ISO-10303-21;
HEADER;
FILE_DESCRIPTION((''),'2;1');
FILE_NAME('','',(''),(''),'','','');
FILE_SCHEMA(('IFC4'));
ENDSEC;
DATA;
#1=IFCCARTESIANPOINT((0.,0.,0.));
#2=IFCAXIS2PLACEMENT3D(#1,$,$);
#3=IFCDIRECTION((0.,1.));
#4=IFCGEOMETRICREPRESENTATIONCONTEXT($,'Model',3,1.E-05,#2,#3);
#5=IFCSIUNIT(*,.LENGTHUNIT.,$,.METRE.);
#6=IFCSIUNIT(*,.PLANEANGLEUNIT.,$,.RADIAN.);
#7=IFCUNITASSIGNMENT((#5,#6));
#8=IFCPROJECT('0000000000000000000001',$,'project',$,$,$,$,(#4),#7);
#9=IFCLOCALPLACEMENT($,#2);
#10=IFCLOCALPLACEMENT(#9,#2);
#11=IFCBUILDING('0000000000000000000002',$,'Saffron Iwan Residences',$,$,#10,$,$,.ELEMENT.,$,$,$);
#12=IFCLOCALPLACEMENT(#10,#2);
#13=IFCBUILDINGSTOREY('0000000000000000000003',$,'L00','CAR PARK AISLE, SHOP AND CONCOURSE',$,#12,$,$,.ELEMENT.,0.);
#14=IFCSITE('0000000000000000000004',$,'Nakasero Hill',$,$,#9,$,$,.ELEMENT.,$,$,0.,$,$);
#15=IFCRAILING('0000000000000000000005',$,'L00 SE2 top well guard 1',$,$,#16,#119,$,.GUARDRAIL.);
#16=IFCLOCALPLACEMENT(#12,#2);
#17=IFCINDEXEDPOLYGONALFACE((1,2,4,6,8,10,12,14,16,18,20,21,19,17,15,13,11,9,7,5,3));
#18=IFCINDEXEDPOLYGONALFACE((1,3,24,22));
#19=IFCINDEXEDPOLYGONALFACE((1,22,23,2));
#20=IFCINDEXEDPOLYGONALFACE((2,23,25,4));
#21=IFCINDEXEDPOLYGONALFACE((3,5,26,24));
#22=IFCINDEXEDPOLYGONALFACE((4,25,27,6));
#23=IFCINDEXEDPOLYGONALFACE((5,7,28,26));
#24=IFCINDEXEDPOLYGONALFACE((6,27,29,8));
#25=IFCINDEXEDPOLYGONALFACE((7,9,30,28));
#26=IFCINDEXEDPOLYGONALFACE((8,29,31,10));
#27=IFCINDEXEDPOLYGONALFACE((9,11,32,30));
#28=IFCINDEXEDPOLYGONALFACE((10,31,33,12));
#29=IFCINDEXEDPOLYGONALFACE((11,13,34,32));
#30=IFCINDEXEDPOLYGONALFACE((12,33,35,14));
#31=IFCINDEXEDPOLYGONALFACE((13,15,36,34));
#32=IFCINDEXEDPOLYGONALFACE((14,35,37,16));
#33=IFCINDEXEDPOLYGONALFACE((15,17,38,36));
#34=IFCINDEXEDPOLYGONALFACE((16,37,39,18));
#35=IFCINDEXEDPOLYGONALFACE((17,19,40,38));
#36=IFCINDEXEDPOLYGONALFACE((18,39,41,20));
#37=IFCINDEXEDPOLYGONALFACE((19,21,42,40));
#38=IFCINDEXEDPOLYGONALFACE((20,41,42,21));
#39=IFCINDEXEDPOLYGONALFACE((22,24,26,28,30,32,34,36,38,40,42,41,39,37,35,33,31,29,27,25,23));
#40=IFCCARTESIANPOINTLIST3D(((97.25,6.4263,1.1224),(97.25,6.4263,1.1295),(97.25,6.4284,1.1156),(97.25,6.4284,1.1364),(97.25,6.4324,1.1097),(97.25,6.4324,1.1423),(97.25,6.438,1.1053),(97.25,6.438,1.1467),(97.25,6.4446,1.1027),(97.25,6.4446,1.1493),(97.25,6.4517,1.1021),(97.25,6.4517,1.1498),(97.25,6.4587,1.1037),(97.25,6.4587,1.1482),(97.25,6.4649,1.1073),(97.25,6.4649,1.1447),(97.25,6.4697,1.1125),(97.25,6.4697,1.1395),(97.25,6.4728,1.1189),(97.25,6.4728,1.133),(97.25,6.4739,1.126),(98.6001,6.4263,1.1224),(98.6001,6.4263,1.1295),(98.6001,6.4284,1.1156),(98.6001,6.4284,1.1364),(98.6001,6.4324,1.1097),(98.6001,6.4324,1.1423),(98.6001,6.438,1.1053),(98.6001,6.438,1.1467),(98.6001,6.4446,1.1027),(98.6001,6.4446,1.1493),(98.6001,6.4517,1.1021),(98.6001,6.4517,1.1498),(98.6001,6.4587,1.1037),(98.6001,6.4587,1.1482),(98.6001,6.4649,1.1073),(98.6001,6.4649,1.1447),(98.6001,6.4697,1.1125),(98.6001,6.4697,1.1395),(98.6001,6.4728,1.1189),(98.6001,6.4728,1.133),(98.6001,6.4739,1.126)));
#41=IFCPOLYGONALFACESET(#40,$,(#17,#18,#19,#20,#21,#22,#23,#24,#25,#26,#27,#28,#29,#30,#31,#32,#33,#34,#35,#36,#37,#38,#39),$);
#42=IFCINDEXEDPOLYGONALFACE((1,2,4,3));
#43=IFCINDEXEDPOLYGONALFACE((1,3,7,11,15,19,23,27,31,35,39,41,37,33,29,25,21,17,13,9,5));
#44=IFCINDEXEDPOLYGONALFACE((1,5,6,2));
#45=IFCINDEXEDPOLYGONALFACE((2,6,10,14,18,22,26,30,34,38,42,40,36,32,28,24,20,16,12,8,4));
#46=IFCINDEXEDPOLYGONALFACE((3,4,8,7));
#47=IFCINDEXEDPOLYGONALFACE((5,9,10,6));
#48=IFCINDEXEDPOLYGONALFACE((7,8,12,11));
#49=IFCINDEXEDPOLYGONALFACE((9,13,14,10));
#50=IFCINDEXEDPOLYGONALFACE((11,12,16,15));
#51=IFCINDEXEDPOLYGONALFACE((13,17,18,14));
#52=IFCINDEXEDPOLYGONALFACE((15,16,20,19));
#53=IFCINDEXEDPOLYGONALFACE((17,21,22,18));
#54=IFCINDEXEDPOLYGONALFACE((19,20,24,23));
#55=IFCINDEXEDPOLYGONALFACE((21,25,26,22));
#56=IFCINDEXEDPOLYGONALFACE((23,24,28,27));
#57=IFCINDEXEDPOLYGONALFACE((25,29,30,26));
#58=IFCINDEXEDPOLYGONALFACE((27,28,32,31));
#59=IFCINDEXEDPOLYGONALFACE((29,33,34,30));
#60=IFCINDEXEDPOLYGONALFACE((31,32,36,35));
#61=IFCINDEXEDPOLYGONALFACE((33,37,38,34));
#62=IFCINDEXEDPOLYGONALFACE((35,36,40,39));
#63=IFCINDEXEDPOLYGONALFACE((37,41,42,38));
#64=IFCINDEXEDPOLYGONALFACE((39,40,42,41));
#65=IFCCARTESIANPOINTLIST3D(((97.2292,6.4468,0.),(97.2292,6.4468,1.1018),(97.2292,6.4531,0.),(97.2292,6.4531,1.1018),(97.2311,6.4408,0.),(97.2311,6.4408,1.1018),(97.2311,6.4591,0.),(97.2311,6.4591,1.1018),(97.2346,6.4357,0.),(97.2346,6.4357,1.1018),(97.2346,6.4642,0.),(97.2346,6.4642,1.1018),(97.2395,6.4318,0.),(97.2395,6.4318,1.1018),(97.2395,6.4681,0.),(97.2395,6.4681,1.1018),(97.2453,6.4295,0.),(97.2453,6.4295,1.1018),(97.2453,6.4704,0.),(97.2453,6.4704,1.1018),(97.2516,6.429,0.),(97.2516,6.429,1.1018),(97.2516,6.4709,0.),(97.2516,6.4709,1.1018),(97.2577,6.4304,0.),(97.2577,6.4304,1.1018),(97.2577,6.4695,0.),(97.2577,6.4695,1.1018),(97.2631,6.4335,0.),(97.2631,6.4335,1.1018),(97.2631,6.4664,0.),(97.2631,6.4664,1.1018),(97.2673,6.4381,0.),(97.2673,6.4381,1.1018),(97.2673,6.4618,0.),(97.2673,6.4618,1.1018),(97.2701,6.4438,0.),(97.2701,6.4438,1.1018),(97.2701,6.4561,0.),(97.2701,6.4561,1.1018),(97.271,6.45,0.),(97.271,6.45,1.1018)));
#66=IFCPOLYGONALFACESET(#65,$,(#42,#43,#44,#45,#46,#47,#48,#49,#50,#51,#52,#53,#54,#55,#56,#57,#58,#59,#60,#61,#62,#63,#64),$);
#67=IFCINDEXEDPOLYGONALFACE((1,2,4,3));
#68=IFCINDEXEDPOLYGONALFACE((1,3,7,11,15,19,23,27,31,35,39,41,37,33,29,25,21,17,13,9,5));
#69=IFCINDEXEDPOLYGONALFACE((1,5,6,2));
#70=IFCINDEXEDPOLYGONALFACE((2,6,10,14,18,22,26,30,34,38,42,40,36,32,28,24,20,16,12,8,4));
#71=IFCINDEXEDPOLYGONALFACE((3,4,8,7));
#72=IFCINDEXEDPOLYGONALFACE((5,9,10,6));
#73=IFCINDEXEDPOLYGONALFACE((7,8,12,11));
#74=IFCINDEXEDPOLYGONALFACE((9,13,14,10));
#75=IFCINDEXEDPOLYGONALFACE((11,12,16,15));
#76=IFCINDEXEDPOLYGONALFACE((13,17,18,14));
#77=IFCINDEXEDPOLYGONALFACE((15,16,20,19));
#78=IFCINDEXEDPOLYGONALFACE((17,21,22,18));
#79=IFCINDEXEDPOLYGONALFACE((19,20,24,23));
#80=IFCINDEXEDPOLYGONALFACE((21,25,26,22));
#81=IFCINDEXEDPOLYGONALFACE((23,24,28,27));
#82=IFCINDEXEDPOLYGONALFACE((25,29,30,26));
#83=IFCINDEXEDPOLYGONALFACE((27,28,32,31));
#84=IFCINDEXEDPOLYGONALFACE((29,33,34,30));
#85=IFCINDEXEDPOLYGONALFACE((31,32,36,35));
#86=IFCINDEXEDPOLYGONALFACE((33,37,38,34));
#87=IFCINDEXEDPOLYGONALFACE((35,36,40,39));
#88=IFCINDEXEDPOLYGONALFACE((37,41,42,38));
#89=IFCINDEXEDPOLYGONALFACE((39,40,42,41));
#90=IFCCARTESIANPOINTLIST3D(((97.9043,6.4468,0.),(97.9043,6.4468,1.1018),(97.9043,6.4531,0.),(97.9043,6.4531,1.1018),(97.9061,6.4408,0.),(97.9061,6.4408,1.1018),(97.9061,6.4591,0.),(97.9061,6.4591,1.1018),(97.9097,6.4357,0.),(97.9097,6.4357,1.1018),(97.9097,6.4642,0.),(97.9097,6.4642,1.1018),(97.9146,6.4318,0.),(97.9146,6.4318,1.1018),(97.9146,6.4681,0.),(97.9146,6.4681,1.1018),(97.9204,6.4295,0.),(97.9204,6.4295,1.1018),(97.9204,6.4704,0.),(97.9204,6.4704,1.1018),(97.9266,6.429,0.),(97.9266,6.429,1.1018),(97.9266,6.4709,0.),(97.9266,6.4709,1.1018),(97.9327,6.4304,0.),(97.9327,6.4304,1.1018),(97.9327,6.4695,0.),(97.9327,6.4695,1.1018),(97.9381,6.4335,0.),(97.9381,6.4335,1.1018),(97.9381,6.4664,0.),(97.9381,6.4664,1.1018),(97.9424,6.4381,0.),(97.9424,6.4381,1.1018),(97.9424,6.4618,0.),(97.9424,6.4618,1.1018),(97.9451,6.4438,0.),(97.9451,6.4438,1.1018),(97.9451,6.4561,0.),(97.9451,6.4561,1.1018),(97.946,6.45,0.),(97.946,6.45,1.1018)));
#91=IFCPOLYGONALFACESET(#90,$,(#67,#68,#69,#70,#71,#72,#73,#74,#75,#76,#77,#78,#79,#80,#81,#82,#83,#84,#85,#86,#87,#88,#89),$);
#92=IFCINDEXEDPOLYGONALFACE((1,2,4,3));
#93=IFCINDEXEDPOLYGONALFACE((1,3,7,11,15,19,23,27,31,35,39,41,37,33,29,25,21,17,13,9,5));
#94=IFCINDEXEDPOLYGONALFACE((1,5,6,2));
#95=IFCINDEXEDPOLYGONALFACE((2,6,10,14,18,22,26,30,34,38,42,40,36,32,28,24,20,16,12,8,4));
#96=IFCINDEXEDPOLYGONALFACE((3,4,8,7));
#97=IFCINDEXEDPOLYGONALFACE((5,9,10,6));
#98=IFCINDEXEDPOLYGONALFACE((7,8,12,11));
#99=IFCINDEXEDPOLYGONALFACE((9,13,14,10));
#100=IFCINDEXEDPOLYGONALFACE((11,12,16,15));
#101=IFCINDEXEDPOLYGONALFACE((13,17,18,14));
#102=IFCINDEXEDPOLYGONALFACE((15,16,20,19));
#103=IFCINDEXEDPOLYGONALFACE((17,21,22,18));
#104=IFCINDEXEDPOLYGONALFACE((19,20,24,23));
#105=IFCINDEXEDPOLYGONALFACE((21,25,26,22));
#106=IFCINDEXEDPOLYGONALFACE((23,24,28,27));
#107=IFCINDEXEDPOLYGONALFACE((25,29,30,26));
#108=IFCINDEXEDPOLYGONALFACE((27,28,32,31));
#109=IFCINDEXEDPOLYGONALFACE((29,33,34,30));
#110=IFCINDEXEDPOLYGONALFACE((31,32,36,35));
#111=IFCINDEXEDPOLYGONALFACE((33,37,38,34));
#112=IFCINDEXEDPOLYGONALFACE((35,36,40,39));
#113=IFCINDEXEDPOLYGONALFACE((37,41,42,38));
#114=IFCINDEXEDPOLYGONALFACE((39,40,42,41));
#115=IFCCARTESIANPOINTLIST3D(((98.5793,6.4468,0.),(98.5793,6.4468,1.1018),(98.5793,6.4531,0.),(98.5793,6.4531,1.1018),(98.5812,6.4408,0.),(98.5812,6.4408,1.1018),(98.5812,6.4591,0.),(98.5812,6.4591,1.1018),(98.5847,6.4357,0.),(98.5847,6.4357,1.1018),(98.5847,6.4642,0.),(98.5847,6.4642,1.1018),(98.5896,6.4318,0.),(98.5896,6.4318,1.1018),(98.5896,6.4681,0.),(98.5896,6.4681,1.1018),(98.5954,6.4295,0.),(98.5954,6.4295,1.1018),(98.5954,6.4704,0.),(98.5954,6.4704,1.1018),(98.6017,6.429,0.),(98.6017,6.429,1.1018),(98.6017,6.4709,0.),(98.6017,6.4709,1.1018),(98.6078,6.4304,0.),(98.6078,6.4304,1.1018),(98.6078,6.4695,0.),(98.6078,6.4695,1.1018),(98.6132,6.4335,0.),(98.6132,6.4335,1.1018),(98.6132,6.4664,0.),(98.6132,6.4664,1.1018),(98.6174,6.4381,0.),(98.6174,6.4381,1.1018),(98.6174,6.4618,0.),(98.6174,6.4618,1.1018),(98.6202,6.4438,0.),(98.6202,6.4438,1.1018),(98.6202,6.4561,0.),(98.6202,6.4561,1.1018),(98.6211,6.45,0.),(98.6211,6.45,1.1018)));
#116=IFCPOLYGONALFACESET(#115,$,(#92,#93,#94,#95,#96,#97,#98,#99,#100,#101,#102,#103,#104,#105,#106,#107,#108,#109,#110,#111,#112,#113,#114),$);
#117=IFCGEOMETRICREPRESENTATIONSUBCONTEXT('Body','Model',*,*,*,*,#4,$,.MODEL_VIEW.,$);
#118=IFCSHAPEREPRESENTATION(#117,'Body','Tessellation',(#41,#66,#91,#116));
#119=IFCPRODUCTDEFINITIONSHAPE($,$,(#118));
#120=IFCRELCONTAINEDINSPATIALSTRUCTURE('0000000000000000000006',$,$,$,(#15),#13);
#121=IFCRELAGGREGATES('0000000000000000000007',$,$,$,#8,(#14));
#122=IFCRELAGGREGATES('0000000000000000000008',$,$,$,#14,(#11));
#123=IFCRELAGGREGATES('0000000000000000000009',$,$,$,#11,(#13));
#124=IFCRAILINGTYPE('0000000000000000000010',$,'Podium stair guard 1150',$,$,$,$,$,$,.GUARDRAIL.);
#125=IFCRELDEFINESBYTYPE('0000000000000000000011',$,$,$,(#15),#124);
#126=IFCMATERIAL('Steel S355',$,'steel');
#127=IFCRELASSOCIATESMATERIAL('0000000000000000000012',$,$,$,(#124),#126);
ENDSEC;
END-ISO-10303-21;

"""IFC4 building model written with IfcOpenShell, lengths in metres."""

from ifc_helpers import new_model, si_unit, direction, frame, origin, origin_2d, place, context, subcontext, project, spatial, circle, extrude, material, type_object, element, save


model = new_model("IFC4")

# Units and contexts
model_context = context("Model", 3, precision=1e-05, world=origin(), true_north=direction((0.0, 1.0)))
body_context = subcontext(model_context, "Body", "Model", "MODEL_VIEW")
ifc_project = project(units=[si_unit("LENGTHUNIT", "METRE"), si_unit("PLANEANGLEUNIT", "RADIAN")], contexts=[model_context])

# Site, building, storey
site_placement = place(None, origin())
site = spatial("IfcSite", under=ifc_project, at=site_placement, Name="Nakasero Hill", CompositionType="ELEMENT", RefElevation=0.0)
building_placement = place(site_placement, origin())
building = spatial("IfcBuilding", under=site, at=building_placement, Name="Saffron Iwan Residences", CompositionType="ELEMENT")
storey_placement = place(building_placement, origin())
storey = spatial("IfcBuildingStorey", under=building, at=storey_placement, Name="L00", Description="CAR PARK AISLE, SHOP AND CONCOURSE", CompositionType="ELEMENT", Elevation=0.0)

# Railing
ifc_material_1 = material(Name="Steel S355", Category="steel")
railing_type = type_object("IfcRailingType", Name="Podium stair guard 1150", PredefinedType="GUARDRAIL", material=ifc_material_1)
railing_1_placement = place(storey_placement, frame((97.25, 6.45, 0.0)))
element("IfcRailing", 1, at=railing_1_placement, inside=storey, type_object=railing_type, Name="L00 SE2 top well guard 1", PredefinedType="GUARDRAIL", context=body_context, shape_type="SweptSolid", body=[
    extrude(circle(Radius=0.0239, at=origin_2d()), frame((0.0, 0.0, 1.126), z_axis=(1.0, 0.0, 0.0), x_axis=(0.0, 1.0, 0.0)), (0.0, 0.0, 1.0), 1.3501),
    extrude(circle(Radius=0.021, at=origin_2d()), origin(), (0.0, 0.0, 1.0), 1.1018),
    extrude(circle(Radius=0.021, at=origin_2d()), frame((0.675, 0.0, 0.0)), (0.0, 0.0, 1.0), 1.1018),
    extrude(circle(Radius=0.021, at=origin_2d()), frame((1.3501, 0.0, 0.0)), (0.0, 0.0, 1.0), 1.1018),
])

save(model, "model.ifc")
